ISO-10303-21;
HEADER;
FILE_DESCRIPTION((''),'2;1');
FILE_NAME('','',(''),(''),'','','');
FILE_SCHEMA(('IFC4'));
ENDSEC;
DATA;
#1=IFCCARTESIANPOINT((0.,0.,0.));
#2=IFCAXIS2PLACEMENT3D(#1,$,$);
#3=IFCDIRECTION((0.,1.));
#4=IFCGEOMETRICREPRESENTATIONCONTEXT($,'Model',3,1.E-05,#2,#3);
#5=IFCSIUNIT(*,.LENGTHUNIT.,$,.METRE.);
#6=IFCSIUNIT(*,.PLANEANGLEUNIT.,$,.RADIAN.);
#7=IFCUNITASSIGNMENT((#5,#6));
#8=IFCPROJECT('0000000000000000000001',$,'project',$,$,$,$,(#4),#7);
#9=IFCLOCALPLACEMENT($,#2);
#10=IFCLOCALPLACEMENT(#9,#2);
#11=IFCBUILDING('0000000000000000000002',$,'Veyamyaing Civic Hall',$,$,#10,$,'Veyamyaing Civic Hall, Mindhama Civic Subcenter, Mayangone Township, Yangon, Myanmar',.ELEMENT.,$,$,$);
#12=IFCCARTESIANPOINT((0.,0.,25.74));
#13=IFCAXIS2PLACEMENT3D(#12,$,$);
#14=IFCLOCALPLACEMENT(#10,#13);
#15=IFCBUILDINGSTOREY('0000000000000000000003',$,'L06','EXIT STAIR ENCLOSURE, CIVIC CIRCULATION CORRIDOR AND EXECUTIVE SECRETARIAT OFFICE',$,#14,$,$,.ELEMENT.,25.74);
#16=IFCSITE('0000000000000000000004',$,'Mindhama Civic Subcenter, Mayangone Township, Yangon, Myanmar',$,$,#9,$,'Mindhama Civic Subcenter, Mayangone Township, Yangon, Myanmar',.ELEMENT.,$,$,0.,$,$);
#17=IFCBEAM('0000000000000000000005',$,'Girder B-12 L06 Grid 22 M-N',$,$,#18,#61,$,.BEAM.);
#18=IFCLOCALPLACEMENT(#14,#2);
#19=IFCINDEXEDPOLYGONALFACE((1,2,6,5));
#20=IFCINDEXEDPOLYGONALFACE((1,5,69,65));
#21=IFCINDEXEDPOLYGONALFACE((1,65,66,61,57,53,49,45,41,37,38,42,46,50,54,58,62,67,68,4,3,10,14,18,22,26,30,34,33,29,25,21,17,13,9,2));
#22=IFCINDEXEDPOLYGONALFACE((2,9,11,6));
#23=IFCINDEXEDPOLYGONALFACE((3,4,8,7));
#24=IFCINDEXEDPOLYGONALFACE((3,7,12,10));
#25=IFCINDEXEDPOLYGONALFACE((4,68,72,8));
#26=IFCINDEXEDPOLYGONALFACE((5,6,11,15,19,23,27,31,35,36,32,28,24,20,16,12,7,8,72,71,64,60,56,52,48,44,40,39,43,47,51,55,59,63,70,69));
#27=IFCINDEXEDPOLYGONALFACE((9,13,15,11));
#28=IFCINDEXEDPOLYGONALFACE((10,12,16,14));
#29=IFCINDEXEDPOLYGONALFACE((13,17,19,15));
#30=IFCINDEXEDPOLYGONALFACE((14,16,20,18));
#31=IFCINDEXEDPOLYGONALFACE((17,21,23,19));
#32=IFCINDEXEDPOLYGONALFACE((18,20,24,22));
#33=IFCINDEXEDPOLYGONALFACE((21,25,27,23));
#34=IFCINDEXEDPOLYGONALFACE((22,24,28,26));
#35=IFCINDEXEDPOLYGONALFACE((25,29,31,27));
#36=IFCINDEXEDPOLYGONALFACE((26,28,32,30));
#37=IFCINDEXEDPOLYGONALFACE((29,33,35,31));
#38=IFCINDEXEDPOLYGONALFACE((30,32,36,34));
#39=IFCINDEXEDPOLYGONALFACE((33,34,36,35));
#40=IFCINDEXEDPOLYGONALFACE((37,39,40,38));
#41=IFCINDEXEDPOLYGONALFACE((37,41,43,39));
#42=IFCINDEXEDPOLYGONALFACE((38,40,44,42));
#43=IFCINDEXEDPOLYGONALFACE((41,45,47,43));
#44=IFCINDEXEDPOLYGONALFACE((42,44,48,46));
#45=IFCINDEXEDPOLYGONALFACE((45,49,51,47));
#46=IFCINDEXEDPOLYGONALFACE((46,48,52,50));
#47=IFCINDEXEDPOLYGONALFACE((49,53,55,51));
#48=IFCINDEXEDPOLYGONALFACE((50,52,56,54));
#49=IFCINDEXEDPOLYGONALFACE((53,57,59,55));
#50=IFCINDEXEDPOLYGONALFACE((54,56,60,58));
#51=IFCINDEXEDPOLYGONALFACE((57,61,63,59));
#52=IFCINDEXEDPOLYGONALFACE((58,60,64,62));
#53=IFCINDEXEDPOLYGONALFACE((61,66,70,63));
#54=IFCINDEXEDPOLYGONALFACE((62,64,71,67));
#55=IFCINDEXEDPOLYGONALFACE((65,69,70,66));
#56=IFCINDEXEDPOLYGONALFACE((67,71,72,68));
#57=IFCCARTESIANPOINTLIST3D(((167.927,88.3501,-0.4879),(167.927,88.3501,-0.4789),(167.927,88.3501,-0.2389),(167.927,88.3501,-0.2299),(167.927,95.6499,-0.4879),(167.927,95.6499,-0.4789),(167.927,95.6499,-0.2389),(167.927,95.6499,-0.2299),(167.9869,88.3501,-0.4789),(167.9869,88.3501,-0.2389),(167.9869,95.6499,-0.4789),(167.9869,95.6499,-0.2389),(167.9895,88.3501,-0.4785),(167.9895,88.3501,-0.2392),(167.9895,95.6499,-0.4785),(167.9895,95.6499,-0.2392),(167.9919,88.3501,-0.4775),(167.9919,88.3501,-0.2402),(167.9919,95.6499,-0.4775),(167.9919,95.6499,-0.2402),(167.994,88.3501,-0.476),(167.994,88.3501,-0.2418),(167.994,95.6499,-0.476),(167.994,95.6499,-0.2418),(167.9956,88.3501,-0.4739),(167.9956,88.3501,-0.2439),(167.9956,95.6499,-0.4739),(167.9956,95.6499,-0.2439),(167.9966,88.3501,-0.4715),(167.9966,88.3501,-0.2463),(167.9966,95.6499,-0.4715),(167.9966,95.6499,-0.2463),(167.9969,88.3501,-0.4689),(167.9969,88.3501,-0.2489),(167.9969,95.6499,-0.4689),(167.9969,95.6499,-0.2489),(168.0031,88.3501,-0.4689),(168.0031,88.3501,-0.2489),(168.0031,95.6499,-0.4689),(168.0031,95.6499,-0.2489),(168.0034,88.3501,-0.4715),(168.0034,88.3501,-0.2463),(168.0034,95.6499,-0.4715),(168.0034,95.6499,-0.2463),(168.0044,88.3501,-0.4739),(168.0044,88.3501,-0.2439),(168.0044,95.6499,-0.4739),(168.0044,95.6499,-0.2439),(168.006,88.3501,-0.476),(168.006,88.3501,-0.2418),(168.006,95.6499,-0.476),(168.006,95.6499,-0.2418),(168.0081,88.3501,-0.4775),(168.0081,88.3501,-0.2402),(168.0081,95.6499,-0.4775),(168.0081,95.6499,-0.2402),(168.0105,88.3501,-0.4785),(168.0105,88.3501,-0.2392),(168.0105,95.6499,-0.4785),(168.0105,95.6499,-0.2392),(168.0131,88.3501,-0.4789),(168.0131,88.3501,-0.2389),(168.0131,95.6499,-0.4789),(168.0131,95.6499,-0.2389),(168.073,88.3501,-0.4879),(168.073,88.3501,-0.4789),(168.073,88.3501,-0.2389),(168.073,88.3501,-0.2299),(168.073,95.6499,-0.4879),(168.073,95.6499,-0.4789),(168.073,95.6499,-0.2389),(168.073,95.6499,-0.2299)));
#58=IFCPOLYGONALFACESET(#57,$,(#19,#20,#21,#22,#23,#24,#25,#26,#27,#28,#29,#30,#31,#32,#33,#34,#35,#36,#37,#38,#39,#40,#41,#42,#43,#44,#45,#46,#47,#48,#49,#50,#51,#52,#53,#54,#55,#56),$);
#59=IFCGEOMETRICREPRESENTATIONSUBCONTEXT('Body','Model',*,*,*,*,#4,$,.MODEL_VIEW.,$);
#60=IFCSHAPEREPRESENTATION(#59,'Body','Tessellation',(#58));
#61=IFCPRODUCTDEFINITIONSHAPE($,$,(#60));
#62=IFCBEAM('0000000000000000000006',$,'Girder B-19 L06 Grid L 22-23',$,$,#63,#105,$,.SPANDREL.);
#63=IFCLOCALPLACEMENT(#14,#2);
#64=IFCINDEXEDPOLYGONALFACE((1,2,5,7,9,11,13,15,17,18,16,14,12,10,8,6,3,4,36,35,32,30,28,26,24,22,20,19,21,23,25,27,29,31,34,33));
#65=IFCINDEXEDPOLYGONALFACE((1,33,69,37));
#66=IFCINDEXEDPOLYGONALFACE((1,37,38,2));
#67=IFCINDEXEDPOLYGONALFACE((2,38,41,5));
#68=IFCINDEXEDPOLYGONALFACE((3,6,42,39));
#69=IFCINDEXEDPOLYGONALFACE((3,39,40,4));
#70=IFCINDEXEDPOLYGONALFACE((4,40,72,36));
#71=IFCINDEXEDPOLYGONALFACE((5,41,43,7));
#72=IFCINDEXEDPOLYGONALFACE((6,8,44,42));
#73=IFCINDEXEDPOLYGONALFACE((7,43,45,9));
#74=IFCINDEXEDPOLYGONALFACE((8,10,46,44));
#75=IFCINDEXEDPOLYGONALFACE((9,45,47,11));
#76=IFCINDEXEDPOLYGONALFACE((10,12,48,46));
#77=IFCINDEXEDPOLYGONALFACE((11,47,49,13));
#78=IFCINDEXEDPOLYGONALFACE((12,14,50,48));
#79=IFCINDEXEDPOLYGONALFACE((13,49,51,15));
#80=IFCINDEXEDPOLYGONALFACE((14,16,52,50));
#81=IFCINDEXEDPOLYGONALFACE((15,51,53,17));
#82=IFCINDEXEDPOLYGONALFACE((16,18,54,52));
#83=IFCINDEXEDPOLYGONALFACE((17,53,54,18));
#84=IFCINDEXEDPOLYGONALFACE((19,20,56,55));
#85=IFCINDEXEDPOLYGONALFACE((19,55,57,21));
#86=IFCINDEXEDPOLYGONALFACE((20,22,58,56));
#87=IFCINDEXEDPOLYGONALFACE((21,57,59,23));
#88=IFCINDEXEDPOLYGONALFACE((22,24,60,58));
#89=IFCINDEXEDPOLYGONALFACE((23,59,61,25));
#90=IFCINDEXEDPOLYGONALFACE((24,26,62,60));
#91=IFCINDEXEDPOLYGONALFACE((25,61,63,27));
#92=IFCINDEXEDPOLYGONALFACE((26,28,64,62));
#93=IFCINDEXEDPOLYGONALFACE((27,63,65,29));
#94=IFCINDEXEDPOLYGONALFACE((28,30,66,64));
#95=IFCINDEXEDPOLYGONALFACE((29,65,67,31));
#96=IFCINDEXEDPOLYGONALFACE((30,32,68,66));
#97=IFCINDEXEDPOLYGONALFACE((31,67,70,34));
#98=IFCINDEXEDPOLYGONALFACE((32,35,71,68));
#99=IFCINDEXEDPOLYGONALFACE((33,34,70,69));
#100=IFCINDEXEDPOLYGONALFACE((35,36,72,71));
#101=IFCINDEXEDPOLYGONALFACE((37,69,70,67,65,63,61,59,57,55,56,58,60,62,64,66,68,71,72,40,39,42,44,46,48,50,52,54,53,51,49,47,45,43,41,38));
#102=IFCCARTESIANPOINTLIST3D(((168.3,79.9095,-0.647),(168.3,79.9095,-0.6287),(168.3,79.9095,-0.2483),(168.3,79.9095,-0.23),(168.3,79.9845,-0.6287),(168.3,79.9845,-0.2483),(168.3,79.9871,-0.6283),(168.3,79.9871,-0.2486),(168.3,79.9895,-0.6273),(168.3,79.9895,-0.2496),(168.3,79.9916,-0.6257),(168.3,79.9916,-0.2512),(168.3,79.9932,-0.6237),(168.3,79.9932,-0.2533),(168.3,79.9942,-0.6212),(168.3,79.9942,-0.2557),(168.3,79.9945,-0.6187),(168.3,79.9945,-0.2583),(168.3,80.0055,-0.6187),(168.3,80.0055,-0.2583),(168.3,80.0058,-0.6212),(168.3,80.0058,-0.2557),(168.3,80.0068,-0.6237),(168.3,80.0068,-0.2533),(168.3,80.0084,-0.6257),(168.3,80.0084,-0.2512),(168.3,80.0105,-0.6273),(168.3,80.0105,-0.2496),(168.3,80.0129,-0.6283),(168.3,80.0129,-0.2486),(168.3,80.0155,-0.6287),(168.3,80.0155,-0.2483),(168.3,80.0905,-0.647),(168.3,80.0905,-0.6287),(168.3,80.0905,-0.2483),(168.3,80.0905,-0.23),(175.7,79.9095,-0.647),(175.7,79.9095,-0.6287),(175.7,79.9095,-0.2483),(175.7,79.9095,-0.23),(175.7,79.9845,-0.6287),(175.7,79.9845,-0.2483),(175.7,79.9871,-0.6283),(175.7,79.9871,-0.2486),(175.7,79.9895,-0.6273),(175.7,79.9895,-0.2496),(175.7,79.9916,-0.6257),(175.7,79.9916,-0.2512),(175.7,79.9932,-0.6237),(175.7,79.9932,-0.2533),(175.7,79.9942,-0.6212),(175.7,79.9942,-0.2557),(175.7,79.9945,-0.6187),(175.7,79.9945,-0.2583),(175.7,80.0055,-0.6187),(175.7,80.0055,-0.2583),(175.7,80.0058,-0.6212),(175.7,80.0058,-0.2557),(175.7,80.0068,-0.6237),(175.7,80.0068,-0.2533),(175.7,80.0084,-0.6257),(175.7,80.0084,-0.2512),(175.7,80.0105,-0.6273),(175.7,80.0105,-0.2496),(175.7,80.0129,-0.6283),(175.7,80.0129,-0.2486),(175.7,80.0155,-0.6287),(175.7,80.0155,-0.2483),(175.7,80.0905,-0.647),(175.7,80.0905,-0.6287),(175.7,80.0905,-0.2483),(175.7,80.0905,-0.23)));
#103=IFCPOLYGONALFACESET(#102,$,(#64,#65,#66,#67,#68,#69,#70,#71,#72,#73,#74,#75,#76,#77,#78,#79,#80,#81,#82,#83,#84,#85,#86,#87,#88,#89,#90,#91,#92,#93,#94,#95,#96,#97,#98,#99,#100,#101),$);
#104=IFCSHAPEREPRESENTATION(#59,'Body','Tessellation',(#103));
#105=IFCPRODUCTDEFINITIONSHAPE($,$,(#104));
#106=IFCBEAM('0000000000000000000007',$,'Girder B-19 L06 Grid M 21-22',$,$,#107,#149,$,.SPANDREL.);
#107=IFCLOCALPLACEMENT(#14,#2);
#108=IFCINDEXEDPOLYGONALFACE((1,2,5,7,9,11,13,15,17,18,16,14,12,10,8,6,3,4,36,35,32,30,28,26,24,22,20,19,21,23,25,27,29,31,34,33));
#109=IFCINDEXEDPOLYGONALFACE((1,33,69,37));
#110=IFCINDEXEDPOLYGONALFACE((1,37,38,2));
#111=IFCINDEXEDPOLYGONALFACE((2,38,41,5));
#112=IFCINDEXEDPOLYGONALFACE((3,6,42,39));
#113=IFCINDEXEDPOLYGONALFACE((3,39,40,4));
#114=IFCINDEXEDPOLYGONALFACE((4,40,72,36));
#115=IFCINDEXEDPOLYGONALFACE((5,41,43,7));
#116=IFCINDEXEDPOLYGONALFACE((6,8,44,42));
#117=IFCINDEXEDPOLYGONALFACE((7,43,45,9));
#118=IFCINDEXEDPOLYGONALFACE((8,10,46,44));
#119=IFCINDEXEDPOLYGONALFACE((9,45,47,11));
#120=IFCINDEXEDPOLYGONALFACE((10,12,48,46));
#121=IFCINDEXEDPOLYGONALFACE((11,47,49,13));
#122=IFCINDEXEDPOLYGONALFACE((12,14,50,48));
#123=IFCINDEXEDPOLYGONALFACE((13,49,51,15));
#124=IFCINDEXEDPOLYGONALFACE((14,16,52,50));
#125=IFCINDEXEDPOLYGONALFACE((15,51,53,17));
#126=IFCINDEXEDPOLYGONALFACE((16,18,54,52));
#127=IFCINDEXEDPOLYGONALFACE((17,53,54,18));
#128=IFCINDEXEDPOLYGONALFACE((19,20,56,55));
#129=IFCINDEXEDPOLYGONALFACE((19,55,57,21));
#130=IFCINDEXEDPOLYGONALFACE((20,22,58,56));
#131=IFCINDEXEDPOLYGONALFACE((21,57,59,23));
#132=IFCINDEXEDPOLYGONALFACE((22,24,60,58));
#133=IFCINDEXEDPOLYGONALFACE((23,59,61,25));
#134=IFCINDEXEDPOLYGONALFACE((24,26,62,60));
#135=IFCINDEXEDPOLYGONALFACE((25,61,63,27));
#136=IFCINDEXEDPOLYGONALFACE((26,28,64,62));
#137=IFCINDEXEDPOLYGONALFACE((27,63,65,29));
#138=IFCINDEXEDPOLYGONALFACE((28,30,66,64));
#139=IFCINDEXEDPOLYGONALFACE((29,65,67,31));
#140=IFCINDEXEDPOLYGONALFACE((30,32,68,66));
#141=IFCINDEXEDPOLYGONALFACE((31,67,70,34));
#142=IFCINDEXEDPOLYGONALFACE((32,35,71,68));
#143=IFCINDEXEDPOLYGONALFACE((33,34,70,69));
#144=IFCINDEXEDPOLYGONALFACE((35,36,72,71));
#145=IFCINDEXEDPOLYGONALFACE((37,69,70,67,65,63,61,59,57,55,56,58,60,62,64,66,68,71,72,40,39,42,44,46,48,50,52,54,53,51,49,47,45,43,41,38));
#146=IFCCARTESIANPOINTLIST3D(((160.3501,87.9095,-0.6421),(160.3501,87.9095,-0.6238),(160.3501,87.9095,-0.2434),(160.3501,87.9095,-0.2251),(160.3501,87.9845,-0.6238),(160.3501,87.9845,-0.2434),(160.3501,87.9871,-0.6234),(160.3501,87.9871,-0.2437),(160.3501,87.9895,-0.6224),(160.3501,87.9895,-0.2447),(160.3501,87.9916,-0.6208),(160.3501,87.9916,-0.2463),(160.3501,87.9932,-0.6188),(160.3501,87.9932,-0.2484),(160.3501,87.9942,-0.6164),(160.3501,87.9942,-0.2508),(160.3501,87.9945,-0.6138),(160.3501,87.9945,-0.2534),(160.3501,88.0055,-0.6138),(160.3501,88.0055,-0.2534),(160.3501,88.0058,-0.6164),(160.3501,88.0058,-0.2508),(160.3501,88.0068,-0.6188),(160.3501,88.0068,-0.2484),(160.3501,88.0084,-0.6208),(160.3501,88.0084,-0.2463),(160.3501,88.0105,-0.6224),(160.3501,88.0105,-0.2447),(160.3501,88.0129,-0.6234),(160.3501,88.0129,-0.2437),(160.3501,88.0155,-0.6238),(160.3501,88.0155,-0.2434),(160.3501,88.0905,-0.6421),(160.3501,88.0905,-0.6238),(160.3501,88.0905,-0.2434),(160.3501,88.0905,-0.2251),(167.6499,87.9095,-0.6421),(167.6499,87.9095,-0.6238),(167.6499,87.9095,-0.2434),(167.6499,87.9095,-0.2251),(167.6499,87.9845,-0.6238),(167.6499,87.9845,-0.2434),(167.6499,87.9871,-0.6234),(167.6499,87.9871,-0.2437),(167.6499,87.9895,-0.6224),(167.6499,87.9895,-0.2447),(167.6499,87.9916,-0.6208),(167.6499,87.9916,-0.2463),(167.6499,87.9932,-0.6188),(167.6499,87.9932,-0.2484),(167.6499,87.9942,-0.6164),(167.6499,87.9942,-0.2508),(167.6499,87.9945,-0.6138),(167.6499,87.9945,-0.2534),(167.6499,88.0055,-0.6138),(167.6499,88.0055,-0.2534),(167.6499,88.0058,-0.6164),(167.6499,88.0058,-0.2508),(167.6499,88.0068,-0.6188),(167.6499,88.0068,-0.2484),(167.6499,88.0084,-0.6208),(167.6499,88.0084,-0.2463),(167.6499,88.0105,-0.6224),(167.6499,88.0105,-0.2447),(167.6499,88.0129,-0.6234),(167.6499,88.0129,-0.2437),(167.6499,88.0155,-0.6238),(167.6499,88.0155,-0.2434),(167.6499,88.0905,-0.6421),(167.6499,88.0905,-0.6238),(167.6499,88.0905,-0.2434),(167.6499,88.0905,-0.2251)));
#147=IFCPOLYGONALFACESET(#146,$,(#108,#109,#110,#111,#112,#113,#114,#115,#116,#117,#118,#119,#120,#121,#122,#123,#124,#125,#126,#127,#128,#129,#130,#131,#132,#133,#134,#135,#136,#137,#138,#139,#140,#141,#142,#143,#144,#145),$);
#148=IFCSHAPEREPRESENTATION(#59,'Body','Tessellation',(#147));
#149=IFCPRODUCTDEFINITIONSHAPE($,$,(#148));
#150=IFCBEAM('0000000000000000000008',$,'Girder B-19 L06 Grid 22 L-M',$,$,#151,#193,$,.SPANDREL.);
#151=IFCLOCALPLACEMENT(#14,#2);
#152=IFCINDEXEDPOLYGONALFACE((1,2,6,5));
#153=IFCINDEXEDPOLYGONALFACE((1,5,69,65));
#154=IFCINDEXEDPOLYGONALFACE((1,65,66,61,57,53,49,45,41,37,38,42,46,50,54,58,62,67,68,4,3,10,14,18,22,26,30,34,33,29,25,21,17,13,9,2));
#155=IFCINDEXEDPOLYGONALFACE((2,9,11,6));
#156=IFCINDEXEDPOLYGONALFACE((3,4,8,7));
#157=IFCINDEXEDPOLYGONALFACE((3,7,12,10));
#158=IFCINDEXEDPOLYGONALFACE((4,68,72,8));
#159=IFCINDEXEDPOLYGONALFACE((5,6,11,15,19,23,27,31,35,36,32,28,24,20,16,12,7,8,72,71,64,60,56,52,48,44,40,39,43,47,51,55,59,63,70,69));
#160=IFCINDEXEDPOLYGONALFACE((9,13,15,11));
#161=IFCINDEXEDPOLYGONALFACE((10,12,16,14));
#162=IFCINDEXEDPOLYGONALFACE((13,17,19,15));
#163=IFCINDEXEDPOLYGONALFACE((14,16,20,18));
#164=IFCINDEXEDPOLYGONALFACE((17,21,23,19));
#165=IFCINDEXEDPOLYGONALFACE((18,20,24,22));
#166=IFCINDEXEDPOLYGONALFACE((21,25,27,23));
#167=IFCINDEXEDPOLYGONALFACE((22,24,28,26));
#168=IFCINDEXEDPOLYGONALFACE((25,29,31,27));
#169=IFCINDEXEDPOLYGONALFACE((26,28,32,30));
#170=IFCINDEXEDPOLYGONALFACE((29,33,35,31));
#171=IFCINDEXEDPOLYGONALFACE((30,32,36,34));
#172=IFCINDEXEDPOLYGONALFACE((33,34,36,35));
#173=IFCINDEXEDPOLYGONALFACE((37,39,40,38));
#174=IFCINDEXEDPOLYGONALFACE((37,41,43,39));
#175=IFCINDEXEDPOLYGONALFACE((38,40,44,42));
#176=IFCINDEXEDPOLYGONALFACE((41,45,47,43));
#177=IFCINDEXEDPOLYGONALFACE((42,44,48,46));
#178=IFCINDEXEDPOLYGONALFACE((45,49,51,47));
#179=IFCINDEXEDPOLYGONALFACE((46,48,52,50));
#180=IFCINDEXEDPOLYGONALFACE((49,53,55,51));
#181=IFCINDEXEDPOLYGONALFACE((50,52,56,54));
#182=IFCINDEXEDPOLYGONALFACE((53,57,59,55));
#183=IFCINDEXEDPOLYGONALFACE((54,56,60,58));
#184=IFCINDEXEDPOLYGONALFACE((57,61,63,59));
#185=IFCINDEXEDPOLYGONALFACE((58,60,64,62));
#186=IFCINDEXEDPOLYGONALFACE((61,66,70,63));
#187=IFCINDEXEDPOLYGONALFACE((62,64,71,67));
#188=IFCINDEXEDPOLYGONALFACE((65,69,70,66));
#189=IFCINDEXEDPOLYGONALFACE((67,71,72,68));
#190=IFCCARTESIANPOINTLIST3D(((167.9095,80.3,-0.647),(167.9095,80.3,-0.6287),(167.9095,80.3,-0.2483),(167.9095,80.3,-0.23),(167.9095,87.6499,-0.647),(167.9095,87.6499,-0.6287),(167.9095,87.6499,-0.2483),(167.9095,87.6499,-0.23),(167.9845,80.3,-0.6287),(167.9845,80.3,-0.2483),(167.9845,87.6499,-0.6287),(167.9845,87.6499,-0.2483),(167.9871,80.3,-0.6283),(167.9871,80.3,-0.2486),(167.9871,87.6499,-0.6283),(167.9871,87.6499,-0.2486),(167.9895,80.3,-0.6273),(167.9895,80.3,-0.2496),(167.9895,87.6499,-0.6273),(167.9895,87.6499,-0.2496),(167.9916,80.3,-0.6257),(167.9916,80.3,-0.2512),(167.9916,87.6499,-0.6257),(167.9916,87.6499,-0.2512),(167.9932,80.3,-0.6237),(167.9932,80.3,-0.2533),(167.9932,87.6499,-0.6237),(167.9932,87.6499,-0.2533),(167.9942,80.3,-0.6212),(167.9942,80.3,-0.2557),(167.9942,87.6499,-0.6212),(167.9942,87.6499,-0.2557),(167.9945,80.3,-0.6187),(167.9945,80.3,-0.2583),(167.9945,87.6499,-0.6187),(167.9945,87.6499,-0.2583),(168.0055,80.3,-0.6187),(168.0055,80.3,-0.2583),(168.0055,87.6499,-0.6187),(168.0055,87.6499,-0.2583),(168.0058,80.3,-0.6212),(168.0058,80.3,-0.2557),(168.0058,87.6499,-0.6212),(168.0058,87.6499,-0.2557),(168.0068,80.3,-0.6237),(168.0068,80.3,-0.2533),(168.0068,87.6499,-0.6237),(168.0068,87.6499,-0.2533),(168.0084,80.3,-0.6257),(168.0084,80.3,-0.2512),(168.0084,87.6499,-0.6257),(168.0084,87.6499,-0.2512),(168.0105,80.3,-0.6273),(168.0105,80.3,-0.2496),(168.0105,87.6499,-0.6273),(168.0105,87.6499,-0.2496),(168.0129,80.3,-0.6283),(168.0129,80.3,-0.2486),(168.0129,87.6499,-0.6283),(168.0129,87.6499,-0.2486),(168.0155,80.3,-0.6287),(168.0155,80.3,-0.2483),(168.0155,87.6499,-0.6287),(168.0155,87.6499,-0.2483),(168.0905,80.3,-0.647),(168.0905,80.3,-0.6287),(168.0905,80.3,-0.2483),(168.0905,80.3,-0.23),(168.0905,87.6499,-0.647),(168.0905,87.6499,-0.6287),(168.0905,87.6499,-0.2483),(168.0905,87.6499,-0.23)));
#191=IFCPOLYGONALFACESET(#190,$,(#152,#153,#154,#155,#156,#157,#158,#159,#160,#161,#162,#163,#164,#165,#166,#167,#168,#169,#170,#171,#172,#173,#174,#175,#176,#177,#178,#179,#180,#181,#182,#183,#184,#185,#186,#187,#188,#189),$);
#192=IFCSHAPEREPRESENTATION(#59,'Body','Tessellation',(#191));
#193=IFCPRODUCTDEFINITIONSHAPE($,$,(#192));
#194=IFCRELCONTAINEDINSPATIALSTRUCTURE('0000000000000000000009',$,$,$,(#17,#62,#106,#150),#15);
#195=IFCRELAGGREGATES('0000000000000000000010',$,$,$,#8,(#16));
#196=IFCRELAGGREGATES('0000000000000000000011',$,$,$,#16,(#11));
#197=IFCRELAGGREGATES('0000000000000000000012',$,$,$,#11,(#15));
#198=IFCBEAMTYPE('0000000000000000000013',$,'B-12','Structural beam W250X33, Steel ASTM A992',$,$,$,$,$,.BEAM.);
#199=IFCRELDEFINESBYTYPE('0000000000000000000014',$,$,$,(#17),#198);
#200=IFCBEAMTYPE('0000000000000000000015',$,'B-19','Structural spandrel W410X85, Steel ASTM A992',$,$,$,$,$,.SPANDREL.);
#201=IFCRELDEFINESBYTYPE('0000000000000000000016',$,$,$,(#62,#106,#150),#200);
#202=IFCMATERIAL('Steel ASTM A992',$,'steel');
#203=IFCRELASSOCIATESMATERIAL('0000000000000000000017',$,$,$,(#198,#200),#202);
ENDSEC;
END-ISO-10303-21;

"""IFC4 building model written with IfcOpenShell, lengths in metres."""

from ifc_helpers import new_model, si_unit, direction, frame, origin, origin_2d, place, context, subcontext, project, spatial, i_section, extrude, material, material_profile, profile_set, type_object, element, save


model = new_model("IFC4")

# Units and contexts
model_context = context("Model", 3, precision=1e-05, world=origin(), true_north=direction((0.0, 1.0)))
body_context = subcontext(model_context, "Body", "Model", "MODEL_VIEW")
ifc_project = project(units=[si_unit("LENGTHUNIT", "METRE"), si_unit("PLANEANGLEUNIT", "RADIAN")], contexts=[model_context])

# Site, building, storey
site_placement = place(None, origin())
site = spatial("IfcSite", under=ifc_project, at=site_placement, Name="Mindhama Civic Subcenter, Mayangone Township, Yangon, Myanmar", LongName="Mindhama Civic Subcenter, Mayangone Township, Yangon, Myanmar", CompositionType="ELEMENT", RefElevation=0.0)
building_placement = place(site_placement, origin())
building = spatial("IfcBuilding", under=site, at=building_placement, Name="Veyamyaing Civic Hall", LongName="Veyamyaing Civic Hall, Mindhama Civic Subcenter, Mayangone Township, Yangon, Myanmar", CompositionType="ELEMENT")
storey_placement = place(building_placement, frame((0.0, 0.0, 25.74)))
storey = spatial("IfcBuildingStorey", under=building, at=storey_placement, Name="L06", Description="EXIT STAIR ENCLOSURE, CIVIC CIRCULATION CORRIDOR AND EXECUTIVE SECRETARIAT OFFICE", CompositionType="ELEMENT", Elevation=25.74)

# Beams
ifc_material_1 = material(Name="Steel ASTM A992", Category="steel")
ifc_material_profile_1 = material_profile(ifc_material_1, i_section(OverallWidth=0.146, OverallDepth=0.2581, WebThickness=0.0061, FlangeThickness=0.009, FilletRadius=0.01, at=origin_2d()), Name="W250X33")
ifc_profile_set_1 = profile_set([ifc_material_profile_1], Name="Steel ASTM A992")
beam_type_1 = type_object("IfcBeamType", Name="B-12", Description="Structural beam W250X33, Steel ASTM A992", PredefinedType="BEAM", material=ifc_profile_set_1)
beam_1_placement = place(storey_placement, frame((168.0, 88.3501, -0.3589), z_axis=(0.0, 1.0, 0.0), x_axis=(-1.0, 0.0, 0.0)))
element("IfcBeam", 1, at=beam_1_placement, inside=storey, type_object=beam_type_1, Name="Girder B-12 L06 Grid 22 M-N", PredefinedType="BEAM", context=body_context, shape_type="SweptSolid", body=[
    extrude(i_section(OverallWidth=0.146, OverallDepth=0.2581, WebThickness=0.0061, FlangeThickness=0.009, FilletRadius=0.01, at=origin_2d()), origin(), (0.0, 0.0, 1.0), 7.2998),
])
ifc_material_profile_2 = material_profile(ifc_material_1, i_section(OverallWidth=0.1809, OverallDepth=0.417, WebThickness=0.011, FlangeThickness=0.0183, FilletRadius=0.01, at=origin_2d()), Name="W410X85")
ifc_profile_set_2 = profile_set([ifc_material_profile_2], Name="Steel ASTM A992")
beam_type_2 = type_object("IfcBeamType", Name="B-19", Description="Structural spandrel W410X85, Steel ASTM A992", PredefinedType="SPANDREL", material=ifc_profile_set_2)
beam_2_placement = place(storey_placement, frame((168.3, 80.0, -0.4385), z_axis=(1.0, 0.0, 0.0), x_axis=(0.0, 1.0, 0.0)))
element("IfcBeam", 2, at=beam_2_placement, inside=storey, type_object=beam_type_2, Name="Girder B-19 L06 Grid L 22-23", PredefinedType="SPANDREL", context=body_context, shape_type="SweptSolid", body=[
    extrude(i_section(OverallWidth=0.1809, OverallDepth=0.417, WebThickness=0.011, FlangeThickness=0.0183, FilletRadius=0.01, at=origin_2d()), origin(), (0.0, 0.0, 1.0), 7.3999),
])
beam_3_placement = place(storey_placement, frame((160.3501, 88.0, -0.4336), z_axis=(1.0, 0.0, 0.0), x_axis=(0.0, 1.0, 0.0)))
element("IfcBeam", 3, at=beam_3_placement, inside=storey, type_object=beam_type_2, Name="Girder B-19 L06 Grid M 21-22", PredefinedType="SPANDREL", context=body_context, shape_type="SweptSolid", body=[
    extrude(i_section(OverallWidth=0.1809, OverallDepth=0.417, WebThickness=0.011, FlangeThickness=0.0183, FilletRadius=0.01, at=origin_2d()), origin(), (0.0, 0.0, 1.0), 7.2998),
])
beam_4_placement = place(storey_placement, frame((168.0, 80.3, -0.4385), z_axis=(0.0, 1.0, 0.0), x_axis=(-1.0, 0.0, 0.0)))
element("IfcBeam", 4, at=beam_4_placement, inside=storey, type_object=beam_type_2, Name="Girder B-19 L06 Grid 22 L-M", PredefinedType="SPANDREL", context=body_context, shape_type="SweptSolid", body=[
    extrude(i_section(OverallWidth=0.1809, OverallDepth=0.417, WebThickness=0.011, FlangeThickness=0.0183, FilletRadius=0.01, at=origin_2d()), origin(), (0.0, 0.0, 1.0), 7.3499),
])

save(model, "model.ifc")
